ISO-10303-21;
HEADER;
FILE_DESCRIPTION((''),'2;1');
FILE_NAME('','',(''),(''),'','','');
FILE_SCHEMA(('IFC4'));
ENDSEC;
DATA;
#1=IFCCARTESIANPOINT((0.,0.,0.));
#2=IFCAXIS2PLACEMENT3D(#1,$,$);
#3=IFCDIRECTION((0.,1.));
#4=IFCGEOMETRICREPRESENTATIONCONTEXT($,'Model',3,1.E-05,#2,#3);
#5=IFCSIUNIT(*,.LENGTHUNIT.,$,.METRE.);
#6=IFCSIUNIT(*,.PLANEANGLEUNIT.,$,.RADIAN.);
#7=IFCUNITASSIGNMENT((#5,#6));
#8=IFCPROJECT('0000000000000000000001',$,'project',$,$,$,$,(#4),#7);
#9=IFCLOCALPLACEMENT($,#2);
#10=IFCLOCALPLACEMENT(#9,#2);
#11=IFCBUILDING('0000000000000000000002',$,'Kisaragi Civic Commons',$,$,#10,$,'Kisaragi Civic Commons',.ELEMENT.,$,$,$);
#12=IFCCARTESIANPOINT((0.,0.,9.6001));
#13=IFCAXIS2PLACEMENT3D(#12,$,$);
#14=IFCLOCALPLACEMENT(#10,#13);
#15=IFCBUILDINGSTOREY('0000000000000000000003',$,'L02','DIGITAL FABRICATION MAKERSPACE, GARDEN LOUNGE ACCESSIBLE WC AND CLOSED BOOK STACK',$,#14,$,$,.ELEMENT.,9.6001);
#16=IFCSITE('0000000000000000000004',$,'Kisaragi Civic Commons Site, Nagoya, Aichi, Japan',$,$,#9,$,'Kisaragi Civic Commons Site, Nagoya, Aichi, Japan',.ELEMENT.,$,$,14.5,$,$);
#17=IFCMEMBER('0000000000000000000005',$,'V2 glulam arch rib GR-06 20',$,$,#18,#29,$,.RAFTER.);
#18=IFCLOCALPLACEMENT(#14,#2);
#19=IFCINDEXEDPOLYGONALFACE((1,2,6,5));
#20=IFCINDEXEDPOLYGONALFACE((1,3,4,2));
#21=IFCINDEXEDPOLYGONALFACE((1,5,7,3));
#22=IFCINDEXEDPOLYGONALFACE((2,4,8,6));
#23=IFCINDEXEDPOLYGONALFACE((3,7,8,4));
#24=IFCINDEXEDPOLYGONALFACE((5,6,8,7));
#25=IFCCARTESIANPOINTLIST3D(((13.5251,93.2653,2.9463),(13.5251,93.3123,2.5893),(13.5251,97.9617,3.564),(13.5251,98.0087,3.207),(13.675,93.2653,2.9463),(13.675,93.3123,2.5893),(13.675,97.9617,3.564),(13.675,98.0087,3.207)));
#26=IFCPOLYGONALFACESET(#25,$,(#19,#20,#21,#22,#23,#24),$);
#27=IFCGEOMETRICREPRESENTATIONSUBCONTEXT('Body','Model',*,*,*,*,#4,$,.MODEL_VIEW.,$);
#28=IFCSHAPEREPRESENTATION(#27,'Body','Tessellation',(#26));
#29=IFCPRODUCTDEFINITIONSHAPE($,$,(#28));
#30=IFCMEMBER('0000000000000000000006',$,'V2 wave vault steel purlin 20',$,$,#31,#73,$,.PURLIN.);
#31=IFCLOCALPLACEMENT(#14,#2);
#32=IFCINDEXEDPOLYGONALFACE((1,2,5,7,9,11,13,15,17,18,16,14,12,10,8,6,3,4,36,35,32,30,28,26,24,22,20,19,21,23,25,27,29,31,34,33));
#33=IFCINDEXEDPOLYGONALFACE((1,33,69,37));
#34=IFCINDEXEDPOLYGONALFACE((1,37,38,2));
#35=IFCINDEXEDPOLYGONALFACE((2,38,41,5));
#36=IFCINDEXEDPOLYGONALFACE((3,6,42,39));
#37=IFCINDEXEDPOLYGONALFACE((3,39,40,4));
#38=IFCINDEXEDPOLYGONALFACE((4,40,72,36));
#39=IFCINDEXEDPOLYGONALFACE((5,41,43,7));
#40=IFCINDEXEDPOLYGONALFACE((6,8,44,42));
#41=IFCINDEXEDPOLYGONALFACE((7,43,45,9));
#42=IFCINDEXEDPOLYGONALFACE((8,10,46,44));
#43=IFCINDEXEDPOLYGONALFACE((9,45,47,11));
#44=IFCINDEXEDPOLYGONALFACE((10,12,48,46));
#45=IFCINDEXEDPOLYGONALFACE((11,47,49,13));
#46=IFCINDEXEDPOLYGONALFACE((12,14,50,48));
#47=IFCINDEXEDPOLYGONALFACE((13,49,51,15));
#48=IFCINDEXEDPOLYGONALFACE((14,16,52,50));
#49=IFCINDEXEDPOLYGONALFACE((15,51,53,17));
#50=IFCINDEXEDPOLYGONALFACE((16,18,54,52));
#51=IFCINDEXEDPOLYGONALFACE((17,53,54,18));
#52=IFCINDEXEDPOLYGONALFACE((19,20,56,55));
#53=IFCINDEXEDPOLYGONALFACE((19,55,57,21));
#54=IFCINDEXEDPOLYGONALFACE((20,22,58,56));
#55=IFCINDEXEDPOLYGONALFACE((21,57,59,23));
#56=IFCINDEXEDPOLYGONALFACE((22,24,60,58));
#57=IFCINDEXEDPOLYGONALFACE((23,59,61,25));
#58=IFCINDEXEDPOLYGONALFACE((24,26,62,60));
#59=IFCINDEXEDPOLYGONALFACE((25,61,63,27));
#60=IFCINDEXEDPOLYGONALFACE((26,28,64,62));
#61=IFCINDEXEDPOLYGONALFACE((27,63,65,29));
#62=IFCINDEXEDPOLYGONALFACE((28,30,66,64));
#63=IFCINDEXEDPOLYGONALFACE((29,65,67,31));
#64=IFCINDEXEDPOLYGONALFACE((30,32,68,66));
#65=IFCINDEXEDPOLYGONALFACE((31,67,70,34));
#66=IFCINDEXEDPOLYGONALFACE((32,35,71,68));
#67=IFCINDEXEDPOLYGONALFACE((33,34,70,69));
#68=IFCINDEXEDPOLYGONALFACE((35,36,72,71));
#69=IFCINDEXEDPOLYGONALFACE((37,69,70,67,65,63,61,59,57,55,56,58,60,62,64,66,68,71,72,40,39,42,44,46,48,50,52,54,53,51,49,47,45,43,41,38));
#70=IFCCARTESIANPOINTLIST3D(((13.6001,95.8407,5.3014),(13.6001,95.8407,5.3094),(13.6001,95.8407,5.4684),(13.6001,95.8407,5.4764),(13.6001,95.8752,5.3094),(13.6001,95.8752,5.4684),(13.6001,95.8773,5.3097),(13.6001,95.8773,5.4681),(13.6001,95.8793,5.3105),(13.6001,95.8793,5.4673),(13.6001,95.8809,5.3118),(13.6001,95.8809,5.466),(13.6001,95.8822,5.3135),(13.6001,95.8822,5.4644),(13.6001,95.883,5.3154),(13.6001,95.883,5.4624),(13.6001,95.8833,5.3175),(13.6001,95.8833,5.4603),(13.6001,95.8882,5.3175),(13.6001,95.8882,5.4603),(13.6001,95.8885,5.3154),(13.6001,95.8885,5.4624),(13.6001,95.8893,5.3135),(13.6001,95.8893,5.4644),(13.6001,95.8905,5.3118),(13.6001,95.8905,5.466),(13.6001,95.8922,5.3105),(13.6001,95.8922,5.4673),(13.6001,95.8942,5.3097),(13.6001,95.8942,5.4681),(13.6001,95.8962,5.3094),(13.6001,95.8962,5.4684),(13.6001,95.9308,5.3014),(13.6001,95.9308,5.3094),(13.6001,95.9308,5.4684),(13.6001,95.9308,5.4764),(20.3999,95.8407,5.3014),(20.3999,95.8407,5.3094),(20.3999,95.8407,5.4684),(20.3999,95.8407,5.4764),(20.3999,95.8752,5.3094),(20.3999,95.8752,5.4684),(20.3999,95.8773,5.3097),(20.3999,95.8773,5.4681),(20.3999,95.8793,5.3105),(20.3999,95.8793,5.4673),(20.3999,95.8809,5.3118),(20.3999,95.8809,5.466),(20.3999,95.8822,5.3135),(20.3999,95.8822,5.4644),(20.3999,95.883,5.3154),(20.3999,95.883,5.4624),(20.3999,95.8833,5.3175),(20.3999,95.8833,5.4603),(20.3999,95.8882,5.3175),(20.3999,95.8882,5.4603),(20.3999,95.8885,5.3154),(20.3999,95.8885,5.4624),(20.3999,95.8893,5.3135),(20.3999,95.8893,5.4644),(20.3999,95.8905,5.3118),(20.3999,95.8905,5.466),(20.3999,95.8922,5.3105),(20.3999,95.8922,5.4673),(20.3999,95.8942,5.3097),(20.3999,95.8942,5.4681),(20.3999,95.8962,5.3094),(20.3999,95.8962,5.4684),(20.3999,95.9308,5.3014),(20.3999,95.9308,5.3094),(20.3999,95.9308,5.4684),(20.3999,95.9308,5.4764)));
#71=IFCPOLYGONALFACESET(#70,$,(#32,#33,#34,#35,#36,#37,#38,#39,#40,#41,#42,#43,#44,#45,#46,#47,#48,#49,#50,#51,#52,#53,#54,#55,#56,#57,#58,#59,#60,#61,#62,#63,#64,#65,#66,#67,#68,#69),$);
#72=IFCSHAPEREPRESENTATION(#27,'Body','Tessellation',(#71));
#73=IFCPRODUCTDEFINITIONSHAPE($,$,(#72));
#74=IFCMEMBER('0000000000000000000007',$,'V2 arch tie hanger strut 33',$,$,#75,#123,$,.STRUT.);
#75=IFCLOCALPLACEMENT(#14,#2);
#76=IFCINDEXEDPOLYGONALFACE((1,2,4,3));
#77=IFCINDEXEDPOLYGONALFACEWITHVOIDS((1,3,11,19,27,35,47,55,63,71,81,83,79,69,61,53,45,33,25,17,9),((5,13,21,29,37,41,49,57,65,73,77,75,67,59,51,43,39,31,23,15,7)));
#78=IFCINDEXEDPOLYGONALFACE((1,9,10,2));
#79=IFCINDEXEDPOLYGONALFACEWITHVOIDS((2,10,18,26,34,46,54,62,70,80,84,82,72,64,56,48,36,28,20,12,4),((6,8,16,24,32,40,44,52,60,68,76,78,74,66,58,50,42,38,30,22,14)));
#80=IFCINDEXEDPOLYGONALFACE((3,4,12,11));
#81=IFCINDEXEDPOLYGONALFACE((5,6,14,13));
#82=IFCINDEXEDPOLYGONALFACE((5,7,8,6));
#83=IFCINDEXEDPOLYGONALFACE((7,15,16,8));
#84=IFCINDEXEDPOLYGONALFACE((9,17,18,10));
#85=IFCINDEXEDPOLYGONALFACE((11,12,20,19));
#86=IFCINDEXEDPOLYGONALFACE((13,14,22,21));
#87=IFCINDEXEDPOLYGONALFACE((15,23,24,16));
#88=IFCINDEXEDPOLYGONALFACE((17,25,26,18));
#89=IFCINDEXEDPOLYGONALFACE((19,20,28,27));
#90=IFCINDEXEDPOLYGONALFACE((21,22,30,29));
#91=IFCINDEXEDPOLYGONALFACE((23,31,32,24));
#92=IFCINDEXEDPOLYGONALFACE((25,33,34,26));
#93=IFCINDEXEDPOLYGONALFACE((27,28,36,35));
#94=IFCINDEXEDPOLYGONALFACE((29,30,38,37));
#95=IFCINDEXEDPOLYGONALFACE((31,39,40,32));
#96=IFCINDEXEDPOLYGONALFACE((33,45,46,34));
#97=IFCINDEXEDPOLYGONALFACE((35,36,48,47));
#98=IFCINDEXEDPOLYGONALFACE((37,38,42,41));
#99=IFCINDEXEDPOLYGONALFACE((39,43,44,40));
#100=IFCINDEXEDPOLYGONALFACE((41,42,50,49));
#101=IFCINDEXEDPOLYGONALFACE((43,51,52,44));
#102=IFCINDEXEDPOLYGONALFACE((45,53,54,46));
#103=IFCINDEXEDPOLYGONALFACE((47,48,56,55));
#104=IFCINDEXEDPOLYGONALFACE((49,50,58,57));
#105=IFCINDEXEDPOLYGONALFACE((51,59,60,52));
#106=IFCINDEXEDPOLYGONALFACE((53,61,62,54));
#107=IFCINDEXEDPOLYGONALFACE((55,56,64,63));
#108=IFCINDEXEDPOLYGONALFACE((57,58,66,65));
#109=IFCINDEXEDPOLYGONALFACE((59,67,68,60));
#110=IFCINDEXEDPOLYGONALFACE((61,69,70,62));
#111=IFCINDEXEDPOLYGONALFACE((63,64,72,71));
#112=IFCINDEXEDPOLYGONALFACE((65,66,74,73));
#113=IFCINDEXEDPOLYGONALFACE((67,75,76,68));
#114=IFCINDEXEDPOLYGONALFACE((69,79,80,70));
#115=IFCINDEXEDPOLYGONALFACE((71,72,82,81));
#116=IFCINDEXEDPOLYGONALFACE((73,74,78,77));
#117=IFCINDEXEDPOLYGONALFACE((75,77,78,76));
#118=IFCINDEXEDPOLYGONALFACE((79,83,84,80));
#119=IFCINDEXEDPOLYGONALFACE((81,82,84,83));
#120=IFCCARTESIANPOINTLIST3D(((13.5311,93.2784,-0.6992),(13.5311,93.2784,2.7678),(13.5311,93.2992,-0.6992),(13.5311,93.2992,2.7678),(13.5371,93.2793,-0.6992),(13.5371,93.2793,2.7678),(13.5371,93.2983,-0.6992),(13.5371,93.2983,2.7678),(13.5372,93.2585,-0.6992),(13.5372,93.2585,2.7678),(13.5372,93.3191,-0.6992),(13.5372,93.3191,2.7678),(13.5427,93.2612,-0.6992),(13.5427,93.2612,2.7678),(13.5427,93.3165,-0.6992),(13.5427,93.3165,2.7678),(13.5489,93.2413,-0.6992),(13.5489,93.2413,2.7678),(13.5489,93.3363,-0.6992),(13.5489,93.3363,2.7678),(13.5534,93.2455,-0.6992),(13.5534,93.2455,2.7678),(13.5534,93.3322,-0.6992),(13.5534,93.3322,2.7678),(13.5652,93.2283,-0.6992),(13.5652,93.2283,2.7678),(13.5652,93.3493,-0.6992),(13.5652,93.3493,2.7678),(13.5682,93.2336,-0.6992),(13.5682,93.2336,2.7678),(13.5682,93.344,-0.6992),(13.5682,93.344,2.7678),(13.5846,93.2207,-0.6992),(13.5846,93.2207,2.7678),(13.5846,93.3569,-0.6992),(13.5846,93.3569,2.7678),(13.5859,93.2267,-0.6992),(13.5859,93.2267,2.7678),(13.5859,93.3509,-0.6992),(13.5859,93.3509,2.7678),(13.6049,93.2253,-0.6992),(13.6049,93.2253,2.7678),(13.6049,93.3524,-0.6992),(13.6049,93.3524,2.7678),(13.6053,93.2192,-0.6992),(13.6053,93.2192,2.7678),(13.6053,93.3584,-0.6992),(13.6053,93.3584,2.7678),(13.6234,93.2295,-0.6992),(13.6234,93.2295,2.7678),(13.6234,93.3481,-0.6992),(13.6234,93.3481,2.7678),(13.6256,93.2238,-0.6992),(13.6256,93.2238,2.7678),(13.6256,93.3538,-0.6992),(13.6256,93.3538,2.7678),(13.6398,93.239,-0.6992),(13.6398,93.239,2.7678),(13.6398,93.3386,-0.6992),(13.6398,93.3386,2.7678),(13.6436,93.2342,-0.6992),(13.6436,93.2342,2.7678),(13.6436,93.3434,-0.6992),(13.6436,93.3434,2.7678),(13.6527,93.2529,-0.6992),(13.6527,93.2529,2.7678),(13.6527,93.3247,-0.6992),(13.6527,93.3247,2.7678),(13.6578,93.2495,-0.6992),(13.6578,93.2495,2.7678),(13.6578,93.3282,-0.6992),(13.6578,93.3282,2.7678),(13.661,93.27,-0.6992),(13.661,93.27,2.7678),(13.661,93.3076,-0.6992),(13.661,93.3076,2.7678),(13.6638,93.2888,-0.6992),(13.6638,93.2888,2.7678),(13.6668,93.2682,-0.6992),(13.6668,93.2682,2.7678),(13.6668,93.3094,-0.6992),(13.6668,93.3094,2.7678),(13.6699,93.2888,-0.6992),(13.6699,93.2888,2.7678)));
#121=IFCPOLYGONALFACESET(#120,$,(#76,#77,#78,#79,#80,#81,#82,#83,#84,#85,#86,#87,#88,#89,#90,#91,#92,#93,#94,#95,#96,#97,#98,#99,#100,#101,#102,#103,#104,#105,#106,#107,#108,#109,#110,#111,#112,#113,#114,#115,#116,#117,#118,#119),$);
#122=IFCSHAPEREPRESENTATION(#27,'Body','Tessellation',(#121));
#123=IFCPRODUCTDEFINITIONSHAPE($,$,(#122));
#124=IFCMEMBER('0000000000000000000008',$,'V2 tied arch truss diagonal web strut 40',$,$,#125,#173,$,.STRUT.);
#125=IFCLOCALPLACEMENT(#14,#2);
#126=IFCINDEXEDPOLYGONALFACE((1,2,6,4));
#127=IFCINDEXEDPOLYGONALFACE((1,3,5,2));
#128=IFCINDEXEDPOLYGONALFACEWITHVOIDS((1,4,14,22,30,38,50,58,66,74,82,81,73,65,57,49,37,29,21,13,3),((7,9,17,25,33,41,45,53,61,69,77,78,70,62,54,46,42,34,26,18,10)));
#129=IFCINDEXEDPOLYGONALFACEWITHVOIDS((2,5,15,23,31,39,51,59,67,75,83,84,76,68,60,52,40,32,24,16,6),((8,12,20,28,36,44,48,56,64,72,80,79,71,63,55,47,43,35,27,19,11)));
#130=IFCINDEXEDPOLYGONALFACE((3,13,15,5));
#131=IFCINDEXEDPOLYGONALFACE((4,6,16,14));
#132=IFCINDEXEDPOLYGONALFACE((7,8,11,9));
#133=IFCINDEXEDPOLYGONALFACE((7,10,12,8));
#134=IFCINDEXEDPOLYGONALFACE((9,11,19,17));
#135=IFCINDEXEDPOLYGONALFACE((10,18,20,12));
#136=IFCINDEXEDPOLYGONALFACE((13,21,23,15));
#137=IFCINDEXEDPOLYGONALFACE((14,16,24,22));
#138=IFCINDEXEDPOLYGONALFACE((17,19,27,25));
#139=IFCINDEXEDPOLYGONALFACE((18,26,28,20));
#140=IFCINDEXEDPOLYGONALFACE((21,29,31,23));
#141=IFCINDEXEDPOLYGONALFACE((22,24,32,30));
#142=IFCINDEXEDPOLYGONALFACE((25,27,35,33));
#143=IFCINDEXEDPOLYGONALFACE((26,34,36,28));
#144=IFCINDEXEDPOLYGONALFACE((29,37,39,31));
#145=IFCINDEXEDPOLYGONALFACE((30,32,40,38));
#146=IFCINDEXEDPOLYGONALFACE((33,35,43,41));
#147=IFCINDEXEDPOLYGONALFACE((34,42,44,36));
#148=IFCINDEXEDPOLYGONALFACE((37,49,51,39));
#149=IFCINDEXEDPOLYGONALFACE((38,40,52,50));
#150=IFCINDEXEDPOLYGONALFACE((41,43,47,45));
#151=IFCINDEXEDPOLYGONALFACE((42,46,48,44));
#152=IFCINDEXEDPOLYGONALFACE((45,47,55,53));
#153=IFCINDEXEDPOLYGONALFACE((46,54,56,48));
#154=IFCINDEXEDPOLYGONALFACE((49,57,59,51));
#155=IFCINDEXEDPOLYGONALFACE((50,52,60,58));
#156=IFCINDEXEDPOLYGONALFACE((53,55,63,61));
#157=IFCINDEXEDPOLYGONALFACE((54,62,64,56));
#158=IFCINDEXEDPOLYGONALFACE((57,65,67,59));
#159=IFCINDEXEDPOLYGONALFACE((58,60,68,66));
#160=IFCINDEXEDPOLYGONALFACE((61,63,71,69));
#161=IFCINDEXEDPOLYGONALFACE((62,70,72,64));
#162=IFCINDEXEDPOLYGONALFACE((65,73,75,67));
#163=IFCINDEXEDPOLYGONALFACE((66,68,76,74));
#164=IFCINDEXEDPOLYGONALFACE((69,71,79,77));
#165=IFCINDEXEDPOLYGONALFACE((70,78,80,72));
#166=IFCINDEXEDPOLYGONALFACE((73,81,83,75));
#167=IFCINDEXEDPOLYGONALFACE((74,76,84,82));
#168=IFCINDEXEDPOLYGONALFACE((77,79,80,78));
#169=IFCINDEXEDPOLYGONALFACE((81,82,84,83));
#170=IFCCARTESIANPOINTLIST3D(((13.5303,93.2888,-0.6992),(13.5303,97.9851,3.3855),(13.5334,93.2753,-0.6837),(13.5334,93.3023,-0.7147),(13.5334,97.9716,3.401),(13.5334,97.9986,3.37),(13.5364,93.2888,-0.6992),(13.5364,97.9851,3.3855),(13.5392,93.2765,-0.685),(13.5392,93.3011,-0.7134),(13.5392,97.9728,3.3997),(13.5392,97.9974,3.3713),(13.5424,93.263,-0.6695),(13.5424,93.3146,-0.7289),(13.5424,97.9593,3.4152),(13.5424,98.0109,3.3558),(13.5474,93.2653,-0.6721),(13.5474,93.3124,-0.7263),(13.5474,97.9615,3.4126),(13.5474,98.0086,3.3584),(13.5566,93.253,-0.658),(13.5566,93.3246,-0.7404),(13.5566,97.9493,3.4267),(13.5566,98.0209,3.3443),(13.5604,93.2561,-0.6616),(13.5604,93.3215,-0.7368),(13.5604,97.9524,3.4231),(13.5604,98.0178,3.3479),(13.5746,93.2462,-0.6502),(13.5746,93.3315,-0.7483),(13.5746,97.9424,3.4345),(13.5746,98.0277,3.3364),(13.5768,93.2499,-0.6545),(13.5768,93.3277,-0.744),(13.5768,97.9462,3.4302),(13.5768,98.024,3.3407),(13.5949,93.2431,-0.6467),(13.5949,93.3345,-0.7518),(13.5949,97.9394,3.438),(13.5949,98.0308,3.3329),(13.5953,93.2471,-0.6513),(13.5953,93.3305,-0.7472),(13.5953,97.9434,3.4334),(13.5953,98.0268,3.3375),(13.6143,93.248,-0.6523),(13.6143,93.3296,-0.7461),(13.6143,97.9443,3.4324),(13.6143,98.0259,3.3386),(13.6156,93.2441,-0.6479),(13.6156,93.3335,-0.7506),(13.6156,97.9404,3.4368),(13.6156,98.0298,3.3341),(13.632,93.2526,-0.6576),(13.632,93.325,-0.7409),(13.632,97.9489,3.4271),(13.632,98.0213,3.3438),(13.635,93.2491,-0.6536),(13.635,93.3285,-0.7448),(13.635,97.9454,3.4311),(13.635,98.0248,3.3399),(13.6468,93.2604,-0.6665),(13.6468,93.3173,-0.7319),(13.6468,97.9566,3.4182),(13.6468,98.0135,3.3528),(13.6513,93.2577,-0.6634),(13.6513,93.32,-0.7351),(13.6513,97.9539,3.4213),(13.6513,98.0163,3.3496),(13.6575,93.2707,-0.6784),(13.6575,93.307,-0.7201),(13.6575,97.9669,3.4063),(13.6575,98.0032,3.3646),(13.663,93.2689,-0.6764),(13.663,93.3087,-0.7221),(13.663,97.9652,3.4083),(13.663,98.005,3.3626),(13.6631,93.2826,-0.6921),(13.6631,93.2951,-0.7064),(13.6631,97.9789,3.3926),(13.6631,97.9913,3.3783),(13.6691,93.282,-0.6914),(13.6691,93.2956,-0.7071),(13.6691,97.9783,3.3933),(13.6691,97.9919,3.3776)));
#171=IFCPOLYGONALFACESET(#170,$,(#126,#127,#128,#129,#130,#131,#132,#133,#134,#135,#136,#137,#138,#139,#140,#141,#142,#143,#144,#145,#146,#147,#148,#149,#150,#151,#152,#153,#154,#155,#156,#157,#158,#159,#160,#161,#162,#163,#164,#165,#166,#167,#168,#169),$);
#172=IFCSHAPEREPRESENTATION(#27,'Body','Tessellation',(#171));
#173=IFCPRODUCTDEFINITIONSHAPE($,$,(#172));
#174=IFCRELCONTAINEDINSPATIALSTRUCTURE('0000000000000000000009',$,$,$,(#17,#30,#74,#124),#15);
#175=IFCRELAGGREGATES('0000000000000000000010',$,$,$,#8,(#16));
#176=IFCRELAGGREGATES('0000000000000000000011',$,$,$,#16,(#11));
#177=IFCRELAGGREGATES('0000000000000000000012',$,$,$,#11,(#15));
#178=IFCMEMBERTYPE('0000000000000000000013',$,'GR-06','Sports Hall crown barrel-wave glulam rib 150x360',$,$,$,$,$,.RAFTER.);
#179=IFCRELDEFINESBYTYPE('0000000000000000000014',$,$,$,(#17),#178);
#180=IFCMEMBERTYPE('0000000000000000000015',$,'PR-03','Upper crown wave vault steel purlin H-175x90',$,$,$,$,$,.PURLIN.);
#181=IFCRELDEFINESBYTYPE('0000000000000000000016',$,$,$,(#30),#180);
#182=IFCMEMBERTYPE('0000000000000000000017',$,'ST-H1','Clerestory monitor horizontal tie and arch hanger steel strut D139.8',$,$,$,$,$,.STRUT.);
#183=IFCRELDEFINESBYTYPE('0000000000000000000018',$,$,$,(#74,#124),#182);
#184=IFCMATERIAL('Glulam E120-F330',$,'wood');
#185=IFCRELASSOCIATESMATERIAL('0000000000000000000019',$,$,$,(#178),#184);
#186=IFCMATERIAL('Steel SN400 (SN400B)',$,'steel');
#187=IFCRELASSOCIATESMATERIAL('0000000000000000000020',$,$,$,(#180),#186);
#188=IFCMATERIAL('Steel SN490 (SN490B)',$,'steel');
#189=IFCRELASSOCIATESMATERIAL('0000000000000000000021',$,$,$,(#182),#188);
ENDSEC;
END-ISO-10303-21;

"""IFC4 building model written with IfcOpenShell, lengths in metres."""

from ifc_helpers import new_model, si_unit, direction, frame, origin, origin_2d, place, context, subcontext, project, spatial, rectangle, hollow_circle, i_section, extrude, material, material_profile, profile_set, type_object, element, save


model = new_model("IFC4")

# Units and contexts
model_context = context("Model", 3, precision=1e-05, world=origin(), true_north=direction((0.0, 1.0)))
body_context = subcontext(model_context, "Body", "Model", "MODEL_VIEW")
ifc_project = project(units=[si_unit("LENGTHUNIT", "METRE"), si_unit("PLANEANGLEUNIT", "RADIAN")], contexts=[model_context])

# Site, building, storey
site_placement = place(None, origin())
site = spatial("IfcSite", under=ifc_project, at=site_placement, Name="Kisaragi Civic Commons Site, Nagoya, Aichi, Japan", LongName="Kisaragi Civic Commons Site, Nagoya, Aichi, Japan", CompositionType="ELEMENT", RefElevation=14.5)
building_placement = place(site_placement, origin())
building = spatial("IfcBuilding", under=site, at=building_placement, Name="Kisaragi Civic Commons", LongName="Kisaragi Civic Commons", CompositionType="ELEMENT")
storey_placement = place(building_placement, frame((0.0, 0.0, 9.6001)))
storey = spatial("IfcBuildingStorey", under=building, at=storey_placement, Name="L02", Description="DIGITAL FABRICATION MAKERSPACE, GARDEN LOUNGE ACCESSIBLE WC AND CLOSED BOOK STACK", CompositionType="ELEMENT", Elevation=9.6001)

# Members
ifc_material_1 = material(Name="Steel SN490 (SN490B)", Category="steel")
ifc_material_2 = material(Name="Glulam E120-F330", Category="wood")
ifc_material_profile_1 = material_profile(ifc_material_2, rectangle(XDim=0.1499, YDim=0.3601, at=origin_2d()), Name="GL-150x360", Category="wood")
ifc_profile_set_1 = profile_set([ifc_material_profile_1], Name="Glulam E120-F330")
member_type_1 = type_object("IfcMemberType", Name="GR-06", Description="Sports Hall crown barrel-wave glulam rib 150x360", PredefinedType="RAFTER", material=ifc_profile_set_1)
member_1_placement = place(storey_placement, frame((13.6001, 93.2888, 2.7678), z_axis=(0.0, 0.991461, 0.130401), x_axis=(-1.0, 0.0, 0.0)))
element("IfcMember", 1, at=member_1_placement, inside=storey, type_object=member_type_1, Name="V2 glulam arch rib GR-06 20", PredefinedType="RAFTER", context=body_context, shape_type="SweptSolid", body=[
    extrude(rectangle(XDim=0.1499, YDim=0.3601, at=origin_2d()), origin(), (0.0, 0.0, 1.0), 4.7368),
])
ifc_material_3 = material(Name="Steel SN400 (SN400B)", Category="steel")
ifc_material_profile_2 = material_profile(ifc_material_3, i_section(OverallWidth=0.0901, OverallDepth=0.175, WebThickness=0.0049, FlangeThickness=0.0081, FilletRadius=0.0081, at=origin_2d()), Name="H-175x90x5x8", Category="steel")
ifc_profile_set_2 = profile_set([ifc_material_profile_2], Name="Steel SN400 (SN400B)")
member_type_2 = type_object("IfcMemberType", Name="PR-03", Description="Upper crown wave vault steel purlin H-175x90", PredefinedType="PURLIN", material=ifc_profile_set_2)
member_2_placement = place(storey_placement, frame((13.6001, 95.8857, 5.3889), z_axis=(1.0, 0.0, 0.0), x_axis=(0.0, 1.0, 0.0)))
element("IfcMember", 2, at=member_2_placement, inside=storey, type_object=member_type_2, Name="V2 wave vault steel purlin 20", PredefinedType="PURLIN", context=body_context, shape_type="SweptSolid", body=[
    extrude(i_section(OverallWidth=0.0901, OverallDepth=0.175, WebThickness=0.0049, FlangeThickness=0.0081, FilletRadius=0.0081, at=origin_2d()), origin(), (0.0, 0.0, 1.0), 6.7998),
])
ifc_material_profile_3 = material_profile(ifc_material_1, hollow_circle(Radius=0.0698, WallThickness=0.0061, at=origin_2d()), Name="CHS-139.8x6.0", Category="steel")
ifc_profile_set_3 = profile_set([ifc_material_profile_3], Name="Steel SN490 (SN490B)")
member_type_3 = type_object("IfcMemberType", Name="ST-H1", Description="Clerestory monitor horizontal tie and arch hanger steel strut D139.8", PredefinedType="STRUT", material=ifc_profile_set_3)
member_3_placement = place(storey_placement, frame((13.6001, 93.2888, -0.6992), z_axis=(0.0, 0.0, 1.0), x_axis=(1.0, 0.0, 0.0)))
element("IfcMember", 3, at=member_3_placement, inside=storey, type_object=member_type_3, Name="V2 arch tie hanger strut 33", PredefinedType="STRUT", context=body_context, shape_type="SweptSolid", body=[
    extrude(hollow_circle(Radius=0.0698, WallThickness=0.0061, at=origin_2d()), origin(), (0.0, 0.0, 1.0), 3.467),
])
member_4_placement = place(storey_placement, frame((13.6001, 93.2888, -0.6992), z_axis=(0.0, 0.754527, 0.656269), x_axis=(-1.0, 0.0, 0.0)))
element("IfcMember", 4, at=member_4_placement, inside=storey, type_object=member_type_3, Name="V2 tied arch truss diagonal web strut 40", PredefinedType="STRUT", context=body_context, shape_type="SweptSolid", body=[
    extrude(hollow_circle(Radius=0.0698, WallThickness=0.0061, at=origin_2d()), origin(), (0.0, 0.0, 1.0), 6.2241),
])

save(model, "model.ifc")
